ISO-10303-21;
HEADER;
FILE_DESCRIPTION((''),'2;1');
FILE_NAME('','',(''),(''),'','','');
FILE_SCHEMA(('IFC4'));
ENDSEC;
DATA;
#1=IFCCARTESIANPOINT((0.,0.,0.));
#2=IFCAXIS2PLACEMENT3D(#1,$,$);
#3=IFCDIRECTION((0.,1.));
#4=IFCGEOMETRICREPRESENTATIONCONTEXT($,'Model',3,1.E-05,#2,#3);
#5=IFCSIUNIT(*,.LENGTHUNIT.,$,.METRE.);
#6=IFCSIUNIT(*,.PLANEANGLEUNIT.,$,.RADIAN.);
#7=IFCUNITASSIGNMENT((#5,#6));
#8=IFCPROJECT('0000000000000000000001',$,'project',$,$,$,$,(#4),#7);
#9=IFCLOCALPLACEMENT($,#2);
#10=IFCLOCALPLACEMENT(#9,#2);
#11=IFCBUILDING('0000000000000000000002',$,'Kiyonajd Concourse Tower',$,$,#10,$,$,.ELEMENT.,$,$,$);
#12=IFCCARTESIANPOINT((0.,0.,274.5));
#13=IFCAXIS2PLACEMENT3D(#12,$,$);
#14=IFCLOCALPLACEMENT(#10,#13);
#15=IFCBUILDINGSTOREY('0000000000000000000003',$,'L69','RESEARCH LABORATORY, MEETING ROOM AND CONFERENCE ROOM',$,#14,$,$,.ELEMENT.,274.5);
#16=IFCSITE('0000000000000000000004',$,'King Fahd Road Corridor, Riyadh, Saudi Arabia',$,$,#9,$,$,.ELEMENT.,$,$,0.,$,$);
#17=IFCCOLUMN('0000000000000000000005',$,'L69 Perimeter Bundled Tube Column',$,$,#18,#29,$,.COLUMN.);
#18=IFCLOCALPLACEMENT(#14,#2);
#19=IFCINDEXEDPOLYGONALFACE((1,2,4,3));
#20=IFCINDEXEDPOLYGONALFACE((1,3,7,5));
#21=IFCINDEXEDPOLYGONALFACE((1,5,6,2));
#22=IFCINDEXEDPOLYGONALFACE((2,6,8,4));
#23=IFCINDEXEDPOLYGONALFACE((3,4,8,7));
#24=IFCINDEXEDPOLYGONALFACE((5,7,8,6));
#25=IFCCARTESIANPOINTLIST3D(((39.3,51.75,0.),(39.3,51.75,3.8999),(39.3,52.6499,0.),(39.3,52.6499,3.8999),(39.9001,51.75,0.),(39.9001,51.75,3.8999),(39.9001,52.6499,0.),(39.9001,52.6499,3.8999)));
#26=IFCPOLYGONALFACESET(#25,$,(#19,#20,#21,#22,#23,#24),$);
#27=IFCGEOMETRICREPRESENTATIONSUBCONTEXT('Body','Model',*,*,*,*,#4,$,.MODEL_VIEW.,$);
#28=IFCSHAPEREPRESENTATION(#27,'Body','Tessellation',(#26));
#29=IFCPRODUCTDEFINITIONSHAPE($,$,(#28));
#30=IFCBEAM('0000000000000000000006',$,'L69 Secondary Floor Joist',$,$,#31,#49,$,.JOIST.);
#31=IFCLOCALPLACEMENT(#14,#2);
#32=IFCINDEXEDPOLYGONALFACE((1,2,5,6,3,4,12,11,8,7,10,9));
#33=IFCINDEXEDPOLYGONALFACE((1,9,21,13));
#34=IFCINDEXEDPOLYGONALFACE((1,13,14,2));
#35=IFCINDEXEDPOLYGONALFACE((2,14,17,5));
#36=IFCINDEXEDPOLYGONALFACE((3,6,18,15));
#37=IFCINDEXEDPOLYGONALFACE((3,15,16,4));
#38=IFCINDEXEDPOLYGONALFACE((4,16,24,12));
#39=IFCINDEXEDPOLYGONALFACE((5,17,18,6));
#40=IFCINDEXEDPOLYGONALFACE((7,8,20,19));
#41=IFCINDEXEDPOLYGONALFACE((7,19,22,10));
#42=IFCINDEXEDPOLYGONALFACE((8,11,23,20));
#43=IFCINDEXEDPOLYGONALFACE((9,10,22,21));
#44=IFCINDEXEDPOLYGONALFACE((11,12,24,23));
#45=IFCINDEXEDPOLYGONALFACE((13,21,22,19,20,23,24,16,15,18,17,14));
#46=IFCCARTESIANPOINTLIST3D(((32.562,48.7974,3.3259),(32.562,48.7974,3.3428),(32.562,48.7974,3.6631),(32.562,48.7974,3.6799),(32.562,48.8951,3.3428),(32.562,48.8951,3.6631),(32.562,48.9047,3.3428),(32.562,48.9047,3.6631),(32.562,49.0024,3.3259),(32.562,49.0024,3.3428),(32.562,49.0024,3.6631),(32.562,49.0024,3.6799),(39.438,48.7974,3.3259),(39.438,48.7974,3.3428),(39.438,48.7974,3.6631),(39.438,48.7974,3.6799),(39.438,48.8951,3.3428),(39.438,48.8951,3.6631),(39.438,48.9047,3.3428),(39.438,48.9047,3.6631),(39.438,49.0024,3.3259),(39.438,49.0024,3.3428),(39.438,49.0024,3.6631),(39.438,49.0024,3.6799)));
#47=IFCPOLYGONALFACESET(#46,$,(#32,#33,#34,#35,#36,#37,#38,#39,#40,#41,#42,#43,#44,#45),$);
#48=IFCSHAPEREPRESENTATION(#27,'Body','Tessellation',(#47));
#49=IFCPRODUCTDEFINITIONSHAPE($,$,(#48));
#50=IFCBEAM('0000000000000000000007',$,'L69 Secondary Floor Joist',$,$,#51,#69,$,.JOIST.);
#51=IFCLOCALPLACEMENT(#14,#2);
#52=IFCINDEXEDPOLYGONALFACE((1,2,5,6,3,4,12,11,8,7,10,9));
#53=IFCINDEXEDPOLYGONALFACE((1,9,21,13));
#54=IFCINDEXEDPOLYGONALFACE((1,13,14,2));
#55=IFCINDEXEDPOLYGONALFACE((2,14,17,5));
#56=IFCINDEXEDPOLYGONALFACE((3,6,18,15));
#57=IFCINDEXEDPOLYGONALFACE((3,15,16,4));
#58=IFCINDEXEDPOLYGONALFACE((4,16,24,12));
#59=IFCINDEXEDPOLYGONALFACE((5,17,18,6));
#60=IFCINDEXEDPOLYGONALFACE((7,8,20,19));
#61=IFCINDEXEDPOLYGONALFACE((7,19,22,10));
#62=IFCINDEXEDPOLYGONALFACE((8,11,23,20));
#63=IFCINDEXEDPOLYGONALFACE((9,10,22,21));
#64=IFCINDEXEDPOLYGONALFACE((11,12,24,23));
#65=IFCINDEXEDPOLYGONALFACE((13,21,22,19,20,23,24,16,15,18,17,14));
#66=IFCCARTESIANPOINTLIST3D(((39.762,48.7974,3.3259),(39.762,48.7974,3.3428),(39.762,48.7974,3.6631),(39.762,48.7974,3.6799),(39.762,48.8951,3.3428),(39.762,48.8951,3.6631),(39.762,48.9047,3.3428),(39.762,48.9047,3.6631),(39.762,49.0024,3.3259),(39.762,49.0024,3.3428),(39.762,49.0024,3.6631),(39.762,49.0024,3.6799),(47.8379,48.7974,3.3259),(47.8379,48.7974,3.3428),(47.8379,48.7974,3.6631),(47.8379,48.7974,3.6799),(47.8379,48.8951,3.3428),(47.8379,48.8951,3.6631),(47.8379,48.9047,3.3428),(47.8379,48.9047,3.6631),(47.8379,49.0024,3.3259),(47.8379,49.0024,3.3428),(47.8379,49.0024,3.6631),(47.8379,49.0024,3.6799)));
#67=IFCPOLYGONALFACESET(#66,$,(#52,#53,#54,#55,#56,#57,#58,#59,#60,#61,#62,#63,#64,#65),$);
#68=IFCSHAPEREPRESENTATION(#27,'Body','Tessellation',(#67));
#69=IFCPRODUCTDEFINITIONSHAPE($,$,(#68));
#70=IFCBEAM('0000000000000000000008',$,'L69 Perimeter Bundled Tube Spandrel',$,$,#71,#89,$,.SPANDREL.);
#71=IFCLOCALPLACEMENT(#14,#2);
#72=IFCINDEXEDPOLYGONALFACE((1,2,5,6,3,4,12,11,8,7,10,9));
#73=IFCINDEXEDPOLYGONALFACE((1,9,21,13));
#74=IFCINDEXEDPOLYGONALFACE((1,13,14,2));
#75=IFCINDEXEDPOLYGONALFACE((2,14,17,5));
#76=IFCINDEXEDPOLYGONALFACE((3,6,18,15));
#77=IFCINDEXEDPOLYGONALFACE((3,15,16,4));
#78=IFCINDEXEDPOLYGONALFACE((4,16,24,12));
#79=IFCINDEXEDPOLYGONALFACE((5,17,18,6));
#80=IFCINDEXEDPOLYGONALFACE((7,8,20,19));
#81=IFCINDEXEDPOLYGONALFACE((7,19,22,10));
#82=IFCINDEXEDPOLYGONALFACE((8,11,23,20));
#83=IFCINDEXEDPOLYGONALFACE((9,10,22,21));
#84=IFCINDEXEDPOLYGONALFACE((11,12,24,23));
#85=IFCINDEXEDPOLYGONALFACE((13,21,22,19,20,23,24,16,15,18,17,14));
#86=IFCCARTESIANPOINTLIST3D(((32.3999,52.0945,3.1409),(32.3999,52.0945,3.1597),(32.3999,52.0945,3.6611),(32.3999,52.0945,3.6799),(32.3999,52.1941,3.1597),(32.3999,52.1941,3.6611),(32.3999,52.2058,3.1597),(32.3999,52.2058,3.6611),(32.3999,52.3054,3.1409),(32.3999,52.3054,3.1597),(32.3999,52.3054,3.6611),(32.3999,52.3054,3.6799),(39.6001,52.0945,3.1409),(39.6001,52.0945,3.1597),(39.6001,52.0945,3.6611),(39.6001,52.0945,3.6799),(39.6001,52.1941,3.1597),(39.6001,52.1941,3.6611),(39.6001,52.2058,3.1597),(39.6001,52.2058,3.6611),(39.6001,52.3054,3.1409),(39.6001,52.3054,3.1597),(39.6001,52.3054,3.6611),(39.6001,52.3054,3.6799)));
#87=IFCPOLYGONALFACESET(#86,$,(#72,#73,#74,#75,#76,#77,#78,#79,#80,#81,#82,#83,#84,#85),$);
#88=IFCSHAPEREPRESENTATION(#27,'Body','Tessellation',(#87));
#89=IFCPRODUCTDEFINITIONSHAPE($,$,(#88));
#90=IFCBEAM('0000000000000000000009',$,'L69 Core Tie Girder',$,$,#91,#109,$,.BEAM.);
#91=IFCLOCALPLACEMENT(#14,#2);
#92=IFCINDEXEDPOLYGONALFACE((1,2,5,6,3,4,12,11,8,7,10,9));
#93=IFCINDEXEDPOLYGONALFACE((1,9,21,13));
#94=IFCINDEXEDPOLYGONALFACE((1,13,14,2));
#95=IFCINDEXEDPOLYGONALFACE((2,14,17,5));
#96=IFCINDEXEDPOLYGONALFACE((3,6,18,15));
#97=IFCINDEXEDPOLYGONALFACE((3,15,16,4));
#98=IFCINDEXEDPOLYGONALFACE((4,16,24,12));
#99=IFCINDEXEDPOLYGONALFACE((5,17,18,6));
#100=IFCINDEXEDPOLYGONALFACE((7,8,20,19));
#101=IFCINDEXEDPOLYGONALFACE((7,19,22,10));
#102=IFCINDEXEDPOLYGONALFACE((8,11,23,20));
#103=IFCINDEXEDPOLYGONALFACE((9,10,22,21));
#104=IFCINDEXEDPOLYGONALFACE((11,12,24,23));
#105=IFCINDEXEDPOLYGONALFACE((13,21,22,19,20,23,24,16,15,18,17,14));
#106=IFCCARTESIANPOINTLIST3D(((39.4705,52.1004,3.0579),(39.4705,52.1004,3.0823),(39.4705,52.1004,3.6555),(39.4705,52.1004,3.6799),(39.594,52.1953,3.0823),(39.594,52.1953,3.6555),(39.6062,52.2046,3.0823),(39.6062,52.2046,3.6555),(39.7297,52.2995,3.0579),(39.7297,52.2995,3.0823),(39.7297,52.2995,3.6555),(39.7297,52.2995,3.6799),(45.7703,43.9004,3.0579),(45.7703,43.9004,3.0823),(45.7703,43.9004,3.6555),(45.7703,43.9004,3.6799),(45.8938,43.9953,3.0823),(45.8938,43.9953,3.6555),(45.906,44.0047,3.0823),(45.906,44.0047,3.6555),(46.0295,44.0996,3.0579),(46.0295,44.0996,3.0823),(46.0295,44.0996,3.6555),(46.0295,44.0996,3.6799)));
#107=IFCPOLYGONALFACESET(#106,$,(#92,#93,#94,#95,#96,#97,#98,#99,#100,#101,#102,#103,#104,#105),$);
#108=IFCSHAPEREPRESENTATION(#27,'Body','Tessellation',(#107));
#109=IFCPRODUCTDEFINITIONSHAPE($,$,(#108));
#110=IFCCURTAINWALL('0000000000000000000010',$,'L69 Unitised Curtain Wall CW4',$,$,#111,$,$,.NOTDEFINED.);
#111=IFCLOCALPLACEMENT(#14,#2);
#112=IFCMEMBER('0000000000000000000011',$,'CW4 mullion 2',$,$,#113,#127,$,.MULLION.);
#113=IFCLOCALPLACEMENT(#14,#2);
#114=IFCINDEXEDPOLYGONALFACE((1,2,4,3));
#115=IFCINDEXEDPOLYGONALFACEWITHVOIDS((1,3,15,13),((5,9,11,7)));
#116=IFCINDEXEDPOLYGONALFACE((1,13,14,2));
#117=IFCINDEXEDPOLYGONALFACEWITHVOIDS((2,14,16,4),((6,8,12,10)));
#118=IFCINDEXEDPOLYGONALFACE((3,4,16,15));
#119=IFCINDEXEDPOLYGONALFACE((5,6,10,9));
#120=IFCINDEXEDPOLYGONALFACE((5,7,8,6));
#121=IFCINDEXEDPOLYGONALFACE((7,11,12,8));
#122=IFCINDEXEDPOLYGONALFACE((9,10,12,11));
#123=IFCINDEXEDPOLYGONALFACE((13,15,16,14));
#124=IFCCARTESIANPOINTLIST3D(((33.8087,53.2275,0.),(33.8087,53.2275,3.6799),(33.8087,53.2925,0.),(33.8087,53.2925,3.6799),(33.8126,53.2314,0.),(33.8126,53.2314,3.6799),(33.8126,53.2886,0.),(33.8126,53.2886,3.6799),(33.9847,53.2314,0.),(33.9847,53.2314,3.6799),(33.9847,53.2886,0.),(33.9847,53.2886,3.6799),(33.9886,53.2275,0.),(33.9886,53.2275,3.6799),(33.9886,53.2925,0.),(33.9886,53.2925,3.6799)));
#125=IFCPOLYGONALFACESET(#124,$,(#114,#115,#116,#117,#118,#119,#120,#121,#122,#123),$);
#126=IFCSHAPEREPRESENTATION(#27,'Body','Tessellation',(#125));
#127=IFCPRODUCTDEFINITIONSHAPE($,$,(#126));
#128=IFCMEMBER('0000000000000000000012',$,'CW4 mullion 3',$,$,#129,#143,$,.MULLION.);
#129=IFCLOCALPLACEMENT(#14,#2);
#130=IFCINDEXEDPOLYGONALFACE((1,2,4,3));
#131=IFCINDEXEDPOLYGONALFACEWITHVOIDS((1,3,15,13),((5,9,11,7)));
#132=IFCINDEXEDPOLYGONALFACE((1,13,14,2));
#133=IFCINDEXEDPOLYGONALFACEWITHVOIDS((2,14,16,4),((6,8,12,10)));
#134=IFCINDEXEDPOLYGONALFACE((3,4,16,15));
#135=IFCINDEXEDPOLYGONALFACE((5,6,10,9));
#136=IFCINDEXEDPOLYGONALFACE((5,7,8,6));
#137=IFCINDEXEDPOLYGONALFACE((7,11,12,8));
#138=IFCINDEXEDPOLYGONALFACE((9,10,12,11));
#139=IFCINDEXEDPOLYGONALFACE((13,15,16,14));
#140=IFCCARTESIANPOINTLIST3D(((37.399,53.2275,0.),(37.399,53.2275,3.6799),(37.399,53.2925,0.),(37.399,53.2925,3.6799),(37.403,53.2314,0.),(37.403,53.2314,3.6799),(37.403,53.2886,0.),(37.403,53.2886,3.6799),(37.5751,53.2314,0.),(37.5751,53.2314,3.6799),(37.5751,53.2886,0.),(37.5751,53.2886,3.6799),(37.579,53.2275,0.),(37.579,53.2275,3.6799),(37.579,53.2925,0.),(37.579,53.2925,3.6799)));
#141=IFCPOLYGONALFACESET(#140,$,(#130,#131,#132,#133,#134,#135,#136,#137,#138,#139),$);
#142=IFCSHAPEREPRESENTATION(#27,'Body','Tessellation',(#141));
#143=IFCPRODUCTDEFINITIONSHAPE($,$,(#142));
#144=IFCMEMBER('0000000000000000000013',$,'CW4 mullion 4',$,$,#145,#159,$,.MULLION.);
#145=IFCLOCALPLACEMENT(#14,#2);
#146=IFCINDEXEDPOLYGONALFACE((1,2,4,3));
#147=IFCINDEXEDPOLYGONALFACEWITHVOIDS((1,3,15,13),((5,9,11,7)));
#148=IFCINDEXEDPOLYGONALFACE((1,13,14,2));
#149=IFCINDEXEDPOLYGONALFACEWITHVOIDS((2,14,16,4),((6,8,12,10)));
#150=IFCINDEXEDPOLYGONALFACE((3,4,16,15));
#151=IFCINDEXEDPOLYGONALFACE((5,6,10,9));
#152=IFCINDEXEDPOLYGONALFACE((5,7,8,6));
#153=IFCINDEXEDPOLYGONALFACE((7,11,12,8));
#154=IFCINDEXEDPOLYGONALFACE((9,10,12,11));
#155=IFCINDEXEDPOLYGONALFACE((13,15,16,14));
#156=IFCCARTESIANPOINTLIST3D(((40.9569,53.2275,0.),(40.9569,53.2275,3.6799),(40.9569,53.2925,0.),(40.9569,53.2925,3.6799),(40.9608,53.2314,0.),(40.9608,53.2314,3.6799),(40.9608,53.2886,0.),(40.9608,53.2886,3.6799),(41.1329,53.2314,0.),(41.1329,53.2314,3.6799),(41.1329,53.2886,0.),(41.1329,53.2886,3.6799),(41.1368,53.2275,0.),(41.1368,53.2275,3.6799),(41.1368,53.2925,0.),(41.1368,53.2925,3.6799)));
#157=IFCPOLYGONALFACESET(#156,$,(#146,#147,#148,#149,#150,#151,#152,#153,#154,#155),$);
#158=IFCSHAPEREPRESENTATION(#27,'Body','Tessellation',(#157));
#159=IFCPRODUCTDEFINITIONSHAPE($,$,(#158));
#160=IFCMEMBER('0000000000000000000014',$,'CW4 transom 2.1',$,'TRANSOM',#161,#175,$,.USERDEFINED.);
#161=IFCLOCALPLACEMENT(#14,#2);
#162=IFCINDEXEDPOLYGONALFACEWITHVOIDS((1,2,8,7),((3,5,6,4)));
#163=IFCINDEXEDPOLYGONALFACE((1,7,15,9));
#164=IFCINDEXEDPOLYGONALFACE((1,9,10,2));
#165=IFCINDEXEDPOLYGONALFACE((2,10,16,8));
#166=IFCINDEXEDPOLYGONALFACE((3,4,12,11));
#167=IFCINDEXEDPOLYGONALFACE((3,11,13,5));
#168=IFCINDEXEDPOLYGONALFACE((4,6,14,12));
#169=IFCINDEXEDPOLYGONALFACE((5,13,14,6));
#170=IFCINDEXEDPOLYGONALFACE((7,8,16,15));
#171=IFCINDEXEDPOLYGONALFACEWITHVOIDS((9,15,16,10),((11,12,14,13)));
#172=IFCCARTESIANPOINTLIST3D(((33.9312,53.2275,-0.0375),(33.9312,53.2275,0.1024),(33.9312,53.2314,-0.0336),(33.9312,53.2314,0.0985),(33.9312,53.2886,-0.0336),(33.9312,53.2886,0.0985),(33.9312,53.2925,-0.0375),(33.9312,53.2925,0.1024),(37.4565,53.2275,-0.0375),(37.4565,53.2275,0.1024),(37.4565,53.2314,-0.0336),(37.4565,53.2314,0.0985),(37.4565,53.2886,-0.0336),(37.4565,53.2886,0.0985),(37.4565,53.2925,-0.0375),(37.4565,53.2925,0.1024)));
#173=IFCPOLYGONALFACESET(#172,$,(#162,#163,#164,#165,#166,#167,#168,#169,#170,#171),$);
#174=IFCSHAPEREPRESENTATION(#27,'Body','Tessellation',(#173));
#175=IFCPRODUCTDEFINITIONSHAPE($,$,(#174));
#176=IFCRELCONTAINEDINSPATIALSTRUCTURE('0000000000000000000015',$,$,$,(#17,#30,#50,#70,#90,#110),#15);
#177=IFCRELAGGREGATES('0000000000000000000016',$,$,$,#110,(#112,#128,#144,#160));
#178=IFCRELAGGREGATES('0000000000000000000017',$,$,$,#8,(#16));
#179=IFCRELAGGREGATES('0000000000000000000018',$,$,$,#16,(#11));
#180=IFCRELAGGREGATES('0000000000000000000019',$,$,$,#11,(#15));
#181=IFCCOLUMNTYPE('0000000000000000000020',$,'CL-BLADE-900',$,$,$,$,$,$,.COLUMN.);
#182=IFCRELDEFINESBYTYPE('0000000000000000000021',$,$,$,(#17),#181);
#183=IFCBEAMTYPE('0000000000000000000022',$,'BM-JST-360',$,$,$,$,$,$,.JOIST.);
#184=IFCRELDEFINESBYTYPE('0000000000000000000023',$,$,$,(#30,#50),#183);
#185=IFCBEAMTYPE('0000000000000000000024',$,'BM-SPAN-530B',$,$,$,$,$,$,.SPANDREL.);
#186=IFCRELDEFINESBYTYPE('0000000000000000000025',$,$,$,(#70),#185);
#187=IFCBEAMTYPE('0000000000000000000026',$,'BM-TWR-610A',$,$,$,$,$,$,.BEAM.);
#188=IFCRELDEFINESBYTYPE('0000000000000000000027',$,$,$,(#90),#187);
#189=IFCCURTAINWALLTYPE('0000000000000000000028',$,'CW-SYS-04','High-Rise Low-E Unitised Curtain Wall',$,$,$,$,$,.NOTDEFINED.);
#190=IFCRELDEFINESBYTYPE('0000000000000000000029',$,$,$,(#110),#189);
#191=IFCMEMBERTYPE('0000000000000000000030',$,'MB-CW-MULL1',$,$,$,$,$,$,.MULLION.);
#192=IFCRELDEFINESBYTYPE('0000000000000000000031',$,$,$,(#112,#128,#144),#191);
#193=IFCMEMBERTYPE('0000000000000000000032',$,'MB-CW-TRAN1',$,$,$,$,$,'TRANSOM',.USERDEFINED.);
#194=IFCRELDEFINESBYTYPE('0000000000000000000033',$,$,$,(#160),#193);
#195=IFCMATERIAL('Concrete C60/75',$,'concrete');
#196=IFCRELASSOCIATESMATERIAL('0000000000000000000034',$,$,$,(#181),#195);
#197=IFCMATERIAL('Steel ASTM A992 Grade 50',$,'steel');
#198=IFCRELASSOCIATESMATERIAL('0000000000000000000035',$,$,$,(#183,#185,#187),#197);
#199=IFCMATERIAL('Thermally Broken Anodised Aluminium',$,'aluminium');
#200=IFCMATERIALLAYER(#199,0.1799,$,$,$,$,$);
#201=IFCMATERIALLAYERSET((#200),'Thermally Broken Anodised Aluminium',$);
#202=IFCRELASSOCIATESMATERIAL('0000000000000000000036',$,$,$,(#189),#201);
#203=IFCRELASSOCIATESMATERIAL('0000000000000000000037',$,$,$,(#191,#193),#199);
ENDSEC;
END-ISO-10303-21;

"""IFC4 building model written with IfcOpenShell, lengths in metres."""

from ifc_helpers import new_model, si_unit, direction, frame, origin, origin_2d, place, context, subcontext, project, spatial, rectangle, hollow_rectangle, i_section, extrude, material, layer, layer_set, material_profile, profile_set, type_object, element, aggregate, save


model = new_model("IFC4")

# Units and contexts
model_context = context("Model", 3, precision=1e-05, world=origin(), true_north=direction((0.0, 1.0)))
body_context = subcontext(model_context, "Body", "Model", "MODEL_VIEW")
ifc_project = project(units=[si_unit("LENGTHUNIT", "METRE"), si_unit("PLANEANGLEUNIT", "RADIAN")], contexts=[model_context])

# Site, building, storey
site_placement = place(None, origin())
site = spatial("IfcSite", under=ifc_project, at=site_placement, Name="King Fahd Road Corridor, Riyadh, Saudi Arabia", CompositionType="ELEMENT", RefElevation=0.0)
building_placement = place(site_placement, origin())
building = spatial("IfcBuilding", under=site, at=building_placement, Name="Kiyonajd Concourse Tower", CompositionType="ELEMENT")
storey_placement = place(building_placement, frame((0.0, 0.0, 274.5)))
storey = spatial("IfcBuildingStorey", under=building, at=storey_placement, Name="L69", Description="RESEARCH LABORATORY, MEETING ROOM AND CONFERENCE ROOM", CompositionType="ELEMENT", Elevation=274.5)

# Column
ifc_material_1 = material(Name="Concrete C60/75", Category="concrete")
ifc_material_profile_1 = material_profile(ifc_material_1, rectangle(XDim=0.6001, YDim=0.8999, at=origin_2d()), Name="RC-900x600")
ifc_profile_set_1 = profile_set([ifc_material_profile_1], Name="Concrete C60/75")
column_type = type_object("IfcColumnType", Name="CL-BLADE-900", PredefinedType="COLUMN", material=ifc_profile_set_1)
column_placement = place(storey_placement, frame((39.6001, 52.2, 0.0), z_axis=(0.0, 0.0, 1.0), x_axis=(1.0, 0.0, 0.0)))
element("IfcColumn", 1, at=column_placement, inside=storey, type_object=column_type, Name="L69 Perimeter Bundled Tube Column", PredefinedType="COLUMN", context=body_context, shape_type="SweptSolid", body=[
    extrude(rectangle(XDim=0.6001, YDim=0.8999, at=origin_2d()), origin(), (0.0, 0.0, 1.0), 3.8999),
])

# Beams
ifc_material_2 = material(Name="Steel ASTM A992 Grade 50", Category="steel")
ifc_material_profile_2 = material_profile(ifc_material_2, i_section(OverallWidth=0.2051, OverallDepth=0.354, WebThickness=0.0095, FlangeThickness=0.0168, at=origin_2d()), Name="W360X79")
ifc_profile_set_2 = profile_set([ifc_material_profile_2], Name="Steel ASTM A992 Grade 50")
beam_type_1 = type_object("IfcBeamType", Name="BM-JST-360", PredefinedType="JOIST", material=ifc_profile_set_2)
beam_1_placement = place(storey_placement, frame((32.562, 48.8999, 3.5029), z_axis=(1.0, 0.0, 0.0), x_axis=(0.0, 1.0, 0.0)))
element("IfcBeam", 2, at=beam_1_placement, inside=storey, type_object=beam_type_1, Name="L69 Secondary Floor Joist", PredefinedType="JOIST", context=body_context, shape_type="SweptSolid", body=[
    extrude(i_section(OverallWidth=0.2051, OverallDepth=0.354, WebThickness=0.0095, FlangeThickness=0.0168, at=origin_2d()), origin(), (0.0, 0.0, 1.0), 6.876),
])
beam_2_placement = place(storey_placement, frame((39.762, 48.8999, 3.5029), z_axis=(1.0, 0.0, 0.0), x_axis=(0.0, 1.0, 0.0)))
element("IfcBeam", 3, at=beam_2_placement, inside=storey, type_object=beam_type_1, Name="L69 Secondary Floor Joist", PredefinedType="JOIST", context=body_context, shape_type="SweptSolid", body=[
    extrude(i_section(OverallWidth=0.2051, OverallDepth=0.354, WebThickness=0.0095, FlangeThickness=0.0168, at=origin_2d()), origin(), (0.0, 0.0, 1.0), 8.0759),
])
ifc_material_profile_3 = material_profile(ifc_material_2, i_section(OverallWidth=0.2109, OverallDepth=0.5391, WebThickness=0.0117, FlangeThickness=0.0188, at=origin_2d()), Name="W530X109")
ifc_profile_set_3 = profile_set([ifc_material_profile_3], Name="Steel ASTM A992 Grade 50")
beam_type_2 = type_object("IfcBeamType", Name="BM-SPAN-530B", PredefinedType="SPANDREL", material=ifc_profile_set_3)
beam_3_placement = place(storey_placement, frame((39.6001, 52.2, 3.4104), z_axis=(-1.0, 0.0, 0.0), x_axis=(0.0, -1.0, 0.0)))
element("IfcBeam", 4, at=beam_3_placement, inside=storey, type_object=beam_type_2, Name="L69 Perimeter Bundled Tube Spandrel", PredefinedType="SPANDREL", context=body_context, shape_type="SweptSolid", body=[
    extrude(i_section(OverallWidth=0.2109, OverallDepth=0.5391, WebThickness=0.0117, FlangeThickness=0.0188, at=origin_2d()), origin(), (0.0, 0.0, 1.0), 7.2002),
])
ifc_material_profile_4 = material_profile(ifc_material_2, i_section(OverallWidth=0.3269, OverallDepth=0.6221, WebThickness=0.0154, FlangeThickness=0.0244, at=origin_2d()), Name="W610X195")
ifc_profile_set_4 = profile_set([ifc_material_profile_4], Name="Steel ASTM A992 Grade 50")
beam_type_3 = type_object("IfcBeamType", Name="BM-TWR-610A", PredefinedType="BEAM", material=ifc_profile_set_4)
beam_4_placement = place(storey_placement, frame((39.6001, 52.2, 3.3689), z_axis=(0.609234, -0.792991, 0.0), x_axis=(0.792991, 0.609234, 0.0)))
element("IfcBeam", 5, at=beam_4_placement, inside=storey, type_object=beam_type_3, Name="L69 Core Tie Girder", PredefinedType="BEAM", context=body_context, shape_type="SweptSolid", body=[
    extrude(i_section(OverallWidth=0.3269, OverallDepth=0.6221, WebThickness=0.0154, FlangeThickness=0.0244, at=origin_2d()), origin(), (0.0, 0.0, 1.0), 10.3406),
])

# Curtain wall, members
ifc_material_3 = material(Name="Thermally Broken Anodised Aluminium", Category="aluminium")
ifc_layer_1 = layer(ifc_material_3, 0.1799)
ifc_layer_set_1 = layer_set([ifc_layer_1], Name="Thermally Broken Anodised Aluminium")
curtain_wall_type = type_object("IfcCurtainWallType", Name="CW-SYS-04", Description="High-Rise Low-E Unitised Curtain Wall", PredefinedType="NOTDEFINED", material=ifc_layer_set_1)
curtain_wall_placement = place(storey_placement, origin())
curtain_wall = element("IfcCurtainWall", 6, at=curtain_wall_placement, inside=storey, type_object=curtain_wall_type, Name="L69 Unitised Curtain Wall CW4", PredefinedType="NOTDEFINED")
ifc_material_profile_5 = material_profile(ifc_material_3, hollow_rectangle(XDim=0.0649, YDim=0.1799, WallThickness=0.0039, at=origin_2d()), Name="MULL-65x180")
ifc_profile_set_5 = profile_set([ifc_material_profile_5], Name="Thermally Broken Anodised Aluminium")
member_type_1 = type_object("IfcMemberType", Name="MB-CW-MULL1", PredefinedType="MULLION", material=ifc_profile_set_5)
member_1_placement = place(storey_placement, frame((33.8987, 53.26, 0.0), z_axis=(0.0, 0.0, 1.0), x_axis=(0.0, 1.0, 0.0)))
member_1 = element("IfcMember", 7, at=member_1_placement, type_object=member_type_1, Name="CW4 mullion 2", PredefinedType="MULLION", context=body_context, shape_type="SweptSolid", body=[
    extrude(hollow_rectangle(XDim=0.0649, YDim=0.1799, WallThickness=0.0039, at=origin_2d()), origin(), (0.0, 0.0, 1.0), 3.6799),
])
member_2_placement = place(storey_placement, frame((37.489, 53.26, 0.0), z_axis=(0.0, 0.0, 1.0), x_axis=(0.0, 1.0, 0.0)))
member_2 = element("IfcMember", 8, at=member_2_placement, type_object=member_type_1, Name="CW4 mullion 3", PredefinedType="MULLION", context=body_context, shape_type="SweptSolid", body=[
    extrude(hollow_rectangle(XDim=0.0649, YDim=0.1799, WallThickness=0.0039, at=origin_2d()), origin(), (0.0, 0.0, 1.0), 3.6799),
])
member_3_placement = place(storey_placement, frame((41.0469, 53.26, 0.0), z_axis=(0.0, 0.0, 1.0), x_axis=(0.0, 1.0, 0.0)))
member_3 = element("IfcMember", 9, at=member_3_placement, type_object=member_type_1, Name="CW4 mullion 4", PredefinedType="MULLION", context=body_context, shape_type="SweptSolid", body=[
    extrude(hollow_rectangle(XDim=0.0649, YDim=0.1799, WallThickness=0.0039, at=origin_2d()), origin(), (0.0, 0.0, 1.0), 3.6799),
])
ifc_material_profile_6 = material_profile(ifc_material_3, hollow_rectangle(XDim=0.0649, YDim=0.1399, WallThickness=0.0039, at=origin_2d()), Name="TRAN-65x140")
ifc_profile_set_6 = profile_set([ifc_material_profile_6], Name="Thermally Broken Anodised Aluminium")
member_type_2 = type_object("IfcMemberType", Name="MB-CW-TRAN1", ElementType="TRANSOM", PredefinedType="USERDEFINED", material=ifc_profile_set_6)
member_4_placement = place(storey_placement, frame((33.9312, 53.26, 0.0325), z_axis=(1.0, 0.0, 0.0), x_axis=(0.0, 1.0, 0.0)))
member_4 = element("IfcMember", 10, at=member_4_placement, type_object=member_type_2, Name="CW4 transom 2.1", ObjectType="TRANSOM", PredefinedType="USERDEFINED", context=body_context, shape_type="SweptSolid", body=[
    extrude(hollow_rectangle(XDim=0.0649, YDim=0.1399, WallThickness=0.0039, at=origin_2d()), origin(), (0.0, 0.0, 1.0), 3.5254),
])

aggregate(curtain_wall, [member_1, member_2, member_3, member_4])

save(model, "model.ifc")
